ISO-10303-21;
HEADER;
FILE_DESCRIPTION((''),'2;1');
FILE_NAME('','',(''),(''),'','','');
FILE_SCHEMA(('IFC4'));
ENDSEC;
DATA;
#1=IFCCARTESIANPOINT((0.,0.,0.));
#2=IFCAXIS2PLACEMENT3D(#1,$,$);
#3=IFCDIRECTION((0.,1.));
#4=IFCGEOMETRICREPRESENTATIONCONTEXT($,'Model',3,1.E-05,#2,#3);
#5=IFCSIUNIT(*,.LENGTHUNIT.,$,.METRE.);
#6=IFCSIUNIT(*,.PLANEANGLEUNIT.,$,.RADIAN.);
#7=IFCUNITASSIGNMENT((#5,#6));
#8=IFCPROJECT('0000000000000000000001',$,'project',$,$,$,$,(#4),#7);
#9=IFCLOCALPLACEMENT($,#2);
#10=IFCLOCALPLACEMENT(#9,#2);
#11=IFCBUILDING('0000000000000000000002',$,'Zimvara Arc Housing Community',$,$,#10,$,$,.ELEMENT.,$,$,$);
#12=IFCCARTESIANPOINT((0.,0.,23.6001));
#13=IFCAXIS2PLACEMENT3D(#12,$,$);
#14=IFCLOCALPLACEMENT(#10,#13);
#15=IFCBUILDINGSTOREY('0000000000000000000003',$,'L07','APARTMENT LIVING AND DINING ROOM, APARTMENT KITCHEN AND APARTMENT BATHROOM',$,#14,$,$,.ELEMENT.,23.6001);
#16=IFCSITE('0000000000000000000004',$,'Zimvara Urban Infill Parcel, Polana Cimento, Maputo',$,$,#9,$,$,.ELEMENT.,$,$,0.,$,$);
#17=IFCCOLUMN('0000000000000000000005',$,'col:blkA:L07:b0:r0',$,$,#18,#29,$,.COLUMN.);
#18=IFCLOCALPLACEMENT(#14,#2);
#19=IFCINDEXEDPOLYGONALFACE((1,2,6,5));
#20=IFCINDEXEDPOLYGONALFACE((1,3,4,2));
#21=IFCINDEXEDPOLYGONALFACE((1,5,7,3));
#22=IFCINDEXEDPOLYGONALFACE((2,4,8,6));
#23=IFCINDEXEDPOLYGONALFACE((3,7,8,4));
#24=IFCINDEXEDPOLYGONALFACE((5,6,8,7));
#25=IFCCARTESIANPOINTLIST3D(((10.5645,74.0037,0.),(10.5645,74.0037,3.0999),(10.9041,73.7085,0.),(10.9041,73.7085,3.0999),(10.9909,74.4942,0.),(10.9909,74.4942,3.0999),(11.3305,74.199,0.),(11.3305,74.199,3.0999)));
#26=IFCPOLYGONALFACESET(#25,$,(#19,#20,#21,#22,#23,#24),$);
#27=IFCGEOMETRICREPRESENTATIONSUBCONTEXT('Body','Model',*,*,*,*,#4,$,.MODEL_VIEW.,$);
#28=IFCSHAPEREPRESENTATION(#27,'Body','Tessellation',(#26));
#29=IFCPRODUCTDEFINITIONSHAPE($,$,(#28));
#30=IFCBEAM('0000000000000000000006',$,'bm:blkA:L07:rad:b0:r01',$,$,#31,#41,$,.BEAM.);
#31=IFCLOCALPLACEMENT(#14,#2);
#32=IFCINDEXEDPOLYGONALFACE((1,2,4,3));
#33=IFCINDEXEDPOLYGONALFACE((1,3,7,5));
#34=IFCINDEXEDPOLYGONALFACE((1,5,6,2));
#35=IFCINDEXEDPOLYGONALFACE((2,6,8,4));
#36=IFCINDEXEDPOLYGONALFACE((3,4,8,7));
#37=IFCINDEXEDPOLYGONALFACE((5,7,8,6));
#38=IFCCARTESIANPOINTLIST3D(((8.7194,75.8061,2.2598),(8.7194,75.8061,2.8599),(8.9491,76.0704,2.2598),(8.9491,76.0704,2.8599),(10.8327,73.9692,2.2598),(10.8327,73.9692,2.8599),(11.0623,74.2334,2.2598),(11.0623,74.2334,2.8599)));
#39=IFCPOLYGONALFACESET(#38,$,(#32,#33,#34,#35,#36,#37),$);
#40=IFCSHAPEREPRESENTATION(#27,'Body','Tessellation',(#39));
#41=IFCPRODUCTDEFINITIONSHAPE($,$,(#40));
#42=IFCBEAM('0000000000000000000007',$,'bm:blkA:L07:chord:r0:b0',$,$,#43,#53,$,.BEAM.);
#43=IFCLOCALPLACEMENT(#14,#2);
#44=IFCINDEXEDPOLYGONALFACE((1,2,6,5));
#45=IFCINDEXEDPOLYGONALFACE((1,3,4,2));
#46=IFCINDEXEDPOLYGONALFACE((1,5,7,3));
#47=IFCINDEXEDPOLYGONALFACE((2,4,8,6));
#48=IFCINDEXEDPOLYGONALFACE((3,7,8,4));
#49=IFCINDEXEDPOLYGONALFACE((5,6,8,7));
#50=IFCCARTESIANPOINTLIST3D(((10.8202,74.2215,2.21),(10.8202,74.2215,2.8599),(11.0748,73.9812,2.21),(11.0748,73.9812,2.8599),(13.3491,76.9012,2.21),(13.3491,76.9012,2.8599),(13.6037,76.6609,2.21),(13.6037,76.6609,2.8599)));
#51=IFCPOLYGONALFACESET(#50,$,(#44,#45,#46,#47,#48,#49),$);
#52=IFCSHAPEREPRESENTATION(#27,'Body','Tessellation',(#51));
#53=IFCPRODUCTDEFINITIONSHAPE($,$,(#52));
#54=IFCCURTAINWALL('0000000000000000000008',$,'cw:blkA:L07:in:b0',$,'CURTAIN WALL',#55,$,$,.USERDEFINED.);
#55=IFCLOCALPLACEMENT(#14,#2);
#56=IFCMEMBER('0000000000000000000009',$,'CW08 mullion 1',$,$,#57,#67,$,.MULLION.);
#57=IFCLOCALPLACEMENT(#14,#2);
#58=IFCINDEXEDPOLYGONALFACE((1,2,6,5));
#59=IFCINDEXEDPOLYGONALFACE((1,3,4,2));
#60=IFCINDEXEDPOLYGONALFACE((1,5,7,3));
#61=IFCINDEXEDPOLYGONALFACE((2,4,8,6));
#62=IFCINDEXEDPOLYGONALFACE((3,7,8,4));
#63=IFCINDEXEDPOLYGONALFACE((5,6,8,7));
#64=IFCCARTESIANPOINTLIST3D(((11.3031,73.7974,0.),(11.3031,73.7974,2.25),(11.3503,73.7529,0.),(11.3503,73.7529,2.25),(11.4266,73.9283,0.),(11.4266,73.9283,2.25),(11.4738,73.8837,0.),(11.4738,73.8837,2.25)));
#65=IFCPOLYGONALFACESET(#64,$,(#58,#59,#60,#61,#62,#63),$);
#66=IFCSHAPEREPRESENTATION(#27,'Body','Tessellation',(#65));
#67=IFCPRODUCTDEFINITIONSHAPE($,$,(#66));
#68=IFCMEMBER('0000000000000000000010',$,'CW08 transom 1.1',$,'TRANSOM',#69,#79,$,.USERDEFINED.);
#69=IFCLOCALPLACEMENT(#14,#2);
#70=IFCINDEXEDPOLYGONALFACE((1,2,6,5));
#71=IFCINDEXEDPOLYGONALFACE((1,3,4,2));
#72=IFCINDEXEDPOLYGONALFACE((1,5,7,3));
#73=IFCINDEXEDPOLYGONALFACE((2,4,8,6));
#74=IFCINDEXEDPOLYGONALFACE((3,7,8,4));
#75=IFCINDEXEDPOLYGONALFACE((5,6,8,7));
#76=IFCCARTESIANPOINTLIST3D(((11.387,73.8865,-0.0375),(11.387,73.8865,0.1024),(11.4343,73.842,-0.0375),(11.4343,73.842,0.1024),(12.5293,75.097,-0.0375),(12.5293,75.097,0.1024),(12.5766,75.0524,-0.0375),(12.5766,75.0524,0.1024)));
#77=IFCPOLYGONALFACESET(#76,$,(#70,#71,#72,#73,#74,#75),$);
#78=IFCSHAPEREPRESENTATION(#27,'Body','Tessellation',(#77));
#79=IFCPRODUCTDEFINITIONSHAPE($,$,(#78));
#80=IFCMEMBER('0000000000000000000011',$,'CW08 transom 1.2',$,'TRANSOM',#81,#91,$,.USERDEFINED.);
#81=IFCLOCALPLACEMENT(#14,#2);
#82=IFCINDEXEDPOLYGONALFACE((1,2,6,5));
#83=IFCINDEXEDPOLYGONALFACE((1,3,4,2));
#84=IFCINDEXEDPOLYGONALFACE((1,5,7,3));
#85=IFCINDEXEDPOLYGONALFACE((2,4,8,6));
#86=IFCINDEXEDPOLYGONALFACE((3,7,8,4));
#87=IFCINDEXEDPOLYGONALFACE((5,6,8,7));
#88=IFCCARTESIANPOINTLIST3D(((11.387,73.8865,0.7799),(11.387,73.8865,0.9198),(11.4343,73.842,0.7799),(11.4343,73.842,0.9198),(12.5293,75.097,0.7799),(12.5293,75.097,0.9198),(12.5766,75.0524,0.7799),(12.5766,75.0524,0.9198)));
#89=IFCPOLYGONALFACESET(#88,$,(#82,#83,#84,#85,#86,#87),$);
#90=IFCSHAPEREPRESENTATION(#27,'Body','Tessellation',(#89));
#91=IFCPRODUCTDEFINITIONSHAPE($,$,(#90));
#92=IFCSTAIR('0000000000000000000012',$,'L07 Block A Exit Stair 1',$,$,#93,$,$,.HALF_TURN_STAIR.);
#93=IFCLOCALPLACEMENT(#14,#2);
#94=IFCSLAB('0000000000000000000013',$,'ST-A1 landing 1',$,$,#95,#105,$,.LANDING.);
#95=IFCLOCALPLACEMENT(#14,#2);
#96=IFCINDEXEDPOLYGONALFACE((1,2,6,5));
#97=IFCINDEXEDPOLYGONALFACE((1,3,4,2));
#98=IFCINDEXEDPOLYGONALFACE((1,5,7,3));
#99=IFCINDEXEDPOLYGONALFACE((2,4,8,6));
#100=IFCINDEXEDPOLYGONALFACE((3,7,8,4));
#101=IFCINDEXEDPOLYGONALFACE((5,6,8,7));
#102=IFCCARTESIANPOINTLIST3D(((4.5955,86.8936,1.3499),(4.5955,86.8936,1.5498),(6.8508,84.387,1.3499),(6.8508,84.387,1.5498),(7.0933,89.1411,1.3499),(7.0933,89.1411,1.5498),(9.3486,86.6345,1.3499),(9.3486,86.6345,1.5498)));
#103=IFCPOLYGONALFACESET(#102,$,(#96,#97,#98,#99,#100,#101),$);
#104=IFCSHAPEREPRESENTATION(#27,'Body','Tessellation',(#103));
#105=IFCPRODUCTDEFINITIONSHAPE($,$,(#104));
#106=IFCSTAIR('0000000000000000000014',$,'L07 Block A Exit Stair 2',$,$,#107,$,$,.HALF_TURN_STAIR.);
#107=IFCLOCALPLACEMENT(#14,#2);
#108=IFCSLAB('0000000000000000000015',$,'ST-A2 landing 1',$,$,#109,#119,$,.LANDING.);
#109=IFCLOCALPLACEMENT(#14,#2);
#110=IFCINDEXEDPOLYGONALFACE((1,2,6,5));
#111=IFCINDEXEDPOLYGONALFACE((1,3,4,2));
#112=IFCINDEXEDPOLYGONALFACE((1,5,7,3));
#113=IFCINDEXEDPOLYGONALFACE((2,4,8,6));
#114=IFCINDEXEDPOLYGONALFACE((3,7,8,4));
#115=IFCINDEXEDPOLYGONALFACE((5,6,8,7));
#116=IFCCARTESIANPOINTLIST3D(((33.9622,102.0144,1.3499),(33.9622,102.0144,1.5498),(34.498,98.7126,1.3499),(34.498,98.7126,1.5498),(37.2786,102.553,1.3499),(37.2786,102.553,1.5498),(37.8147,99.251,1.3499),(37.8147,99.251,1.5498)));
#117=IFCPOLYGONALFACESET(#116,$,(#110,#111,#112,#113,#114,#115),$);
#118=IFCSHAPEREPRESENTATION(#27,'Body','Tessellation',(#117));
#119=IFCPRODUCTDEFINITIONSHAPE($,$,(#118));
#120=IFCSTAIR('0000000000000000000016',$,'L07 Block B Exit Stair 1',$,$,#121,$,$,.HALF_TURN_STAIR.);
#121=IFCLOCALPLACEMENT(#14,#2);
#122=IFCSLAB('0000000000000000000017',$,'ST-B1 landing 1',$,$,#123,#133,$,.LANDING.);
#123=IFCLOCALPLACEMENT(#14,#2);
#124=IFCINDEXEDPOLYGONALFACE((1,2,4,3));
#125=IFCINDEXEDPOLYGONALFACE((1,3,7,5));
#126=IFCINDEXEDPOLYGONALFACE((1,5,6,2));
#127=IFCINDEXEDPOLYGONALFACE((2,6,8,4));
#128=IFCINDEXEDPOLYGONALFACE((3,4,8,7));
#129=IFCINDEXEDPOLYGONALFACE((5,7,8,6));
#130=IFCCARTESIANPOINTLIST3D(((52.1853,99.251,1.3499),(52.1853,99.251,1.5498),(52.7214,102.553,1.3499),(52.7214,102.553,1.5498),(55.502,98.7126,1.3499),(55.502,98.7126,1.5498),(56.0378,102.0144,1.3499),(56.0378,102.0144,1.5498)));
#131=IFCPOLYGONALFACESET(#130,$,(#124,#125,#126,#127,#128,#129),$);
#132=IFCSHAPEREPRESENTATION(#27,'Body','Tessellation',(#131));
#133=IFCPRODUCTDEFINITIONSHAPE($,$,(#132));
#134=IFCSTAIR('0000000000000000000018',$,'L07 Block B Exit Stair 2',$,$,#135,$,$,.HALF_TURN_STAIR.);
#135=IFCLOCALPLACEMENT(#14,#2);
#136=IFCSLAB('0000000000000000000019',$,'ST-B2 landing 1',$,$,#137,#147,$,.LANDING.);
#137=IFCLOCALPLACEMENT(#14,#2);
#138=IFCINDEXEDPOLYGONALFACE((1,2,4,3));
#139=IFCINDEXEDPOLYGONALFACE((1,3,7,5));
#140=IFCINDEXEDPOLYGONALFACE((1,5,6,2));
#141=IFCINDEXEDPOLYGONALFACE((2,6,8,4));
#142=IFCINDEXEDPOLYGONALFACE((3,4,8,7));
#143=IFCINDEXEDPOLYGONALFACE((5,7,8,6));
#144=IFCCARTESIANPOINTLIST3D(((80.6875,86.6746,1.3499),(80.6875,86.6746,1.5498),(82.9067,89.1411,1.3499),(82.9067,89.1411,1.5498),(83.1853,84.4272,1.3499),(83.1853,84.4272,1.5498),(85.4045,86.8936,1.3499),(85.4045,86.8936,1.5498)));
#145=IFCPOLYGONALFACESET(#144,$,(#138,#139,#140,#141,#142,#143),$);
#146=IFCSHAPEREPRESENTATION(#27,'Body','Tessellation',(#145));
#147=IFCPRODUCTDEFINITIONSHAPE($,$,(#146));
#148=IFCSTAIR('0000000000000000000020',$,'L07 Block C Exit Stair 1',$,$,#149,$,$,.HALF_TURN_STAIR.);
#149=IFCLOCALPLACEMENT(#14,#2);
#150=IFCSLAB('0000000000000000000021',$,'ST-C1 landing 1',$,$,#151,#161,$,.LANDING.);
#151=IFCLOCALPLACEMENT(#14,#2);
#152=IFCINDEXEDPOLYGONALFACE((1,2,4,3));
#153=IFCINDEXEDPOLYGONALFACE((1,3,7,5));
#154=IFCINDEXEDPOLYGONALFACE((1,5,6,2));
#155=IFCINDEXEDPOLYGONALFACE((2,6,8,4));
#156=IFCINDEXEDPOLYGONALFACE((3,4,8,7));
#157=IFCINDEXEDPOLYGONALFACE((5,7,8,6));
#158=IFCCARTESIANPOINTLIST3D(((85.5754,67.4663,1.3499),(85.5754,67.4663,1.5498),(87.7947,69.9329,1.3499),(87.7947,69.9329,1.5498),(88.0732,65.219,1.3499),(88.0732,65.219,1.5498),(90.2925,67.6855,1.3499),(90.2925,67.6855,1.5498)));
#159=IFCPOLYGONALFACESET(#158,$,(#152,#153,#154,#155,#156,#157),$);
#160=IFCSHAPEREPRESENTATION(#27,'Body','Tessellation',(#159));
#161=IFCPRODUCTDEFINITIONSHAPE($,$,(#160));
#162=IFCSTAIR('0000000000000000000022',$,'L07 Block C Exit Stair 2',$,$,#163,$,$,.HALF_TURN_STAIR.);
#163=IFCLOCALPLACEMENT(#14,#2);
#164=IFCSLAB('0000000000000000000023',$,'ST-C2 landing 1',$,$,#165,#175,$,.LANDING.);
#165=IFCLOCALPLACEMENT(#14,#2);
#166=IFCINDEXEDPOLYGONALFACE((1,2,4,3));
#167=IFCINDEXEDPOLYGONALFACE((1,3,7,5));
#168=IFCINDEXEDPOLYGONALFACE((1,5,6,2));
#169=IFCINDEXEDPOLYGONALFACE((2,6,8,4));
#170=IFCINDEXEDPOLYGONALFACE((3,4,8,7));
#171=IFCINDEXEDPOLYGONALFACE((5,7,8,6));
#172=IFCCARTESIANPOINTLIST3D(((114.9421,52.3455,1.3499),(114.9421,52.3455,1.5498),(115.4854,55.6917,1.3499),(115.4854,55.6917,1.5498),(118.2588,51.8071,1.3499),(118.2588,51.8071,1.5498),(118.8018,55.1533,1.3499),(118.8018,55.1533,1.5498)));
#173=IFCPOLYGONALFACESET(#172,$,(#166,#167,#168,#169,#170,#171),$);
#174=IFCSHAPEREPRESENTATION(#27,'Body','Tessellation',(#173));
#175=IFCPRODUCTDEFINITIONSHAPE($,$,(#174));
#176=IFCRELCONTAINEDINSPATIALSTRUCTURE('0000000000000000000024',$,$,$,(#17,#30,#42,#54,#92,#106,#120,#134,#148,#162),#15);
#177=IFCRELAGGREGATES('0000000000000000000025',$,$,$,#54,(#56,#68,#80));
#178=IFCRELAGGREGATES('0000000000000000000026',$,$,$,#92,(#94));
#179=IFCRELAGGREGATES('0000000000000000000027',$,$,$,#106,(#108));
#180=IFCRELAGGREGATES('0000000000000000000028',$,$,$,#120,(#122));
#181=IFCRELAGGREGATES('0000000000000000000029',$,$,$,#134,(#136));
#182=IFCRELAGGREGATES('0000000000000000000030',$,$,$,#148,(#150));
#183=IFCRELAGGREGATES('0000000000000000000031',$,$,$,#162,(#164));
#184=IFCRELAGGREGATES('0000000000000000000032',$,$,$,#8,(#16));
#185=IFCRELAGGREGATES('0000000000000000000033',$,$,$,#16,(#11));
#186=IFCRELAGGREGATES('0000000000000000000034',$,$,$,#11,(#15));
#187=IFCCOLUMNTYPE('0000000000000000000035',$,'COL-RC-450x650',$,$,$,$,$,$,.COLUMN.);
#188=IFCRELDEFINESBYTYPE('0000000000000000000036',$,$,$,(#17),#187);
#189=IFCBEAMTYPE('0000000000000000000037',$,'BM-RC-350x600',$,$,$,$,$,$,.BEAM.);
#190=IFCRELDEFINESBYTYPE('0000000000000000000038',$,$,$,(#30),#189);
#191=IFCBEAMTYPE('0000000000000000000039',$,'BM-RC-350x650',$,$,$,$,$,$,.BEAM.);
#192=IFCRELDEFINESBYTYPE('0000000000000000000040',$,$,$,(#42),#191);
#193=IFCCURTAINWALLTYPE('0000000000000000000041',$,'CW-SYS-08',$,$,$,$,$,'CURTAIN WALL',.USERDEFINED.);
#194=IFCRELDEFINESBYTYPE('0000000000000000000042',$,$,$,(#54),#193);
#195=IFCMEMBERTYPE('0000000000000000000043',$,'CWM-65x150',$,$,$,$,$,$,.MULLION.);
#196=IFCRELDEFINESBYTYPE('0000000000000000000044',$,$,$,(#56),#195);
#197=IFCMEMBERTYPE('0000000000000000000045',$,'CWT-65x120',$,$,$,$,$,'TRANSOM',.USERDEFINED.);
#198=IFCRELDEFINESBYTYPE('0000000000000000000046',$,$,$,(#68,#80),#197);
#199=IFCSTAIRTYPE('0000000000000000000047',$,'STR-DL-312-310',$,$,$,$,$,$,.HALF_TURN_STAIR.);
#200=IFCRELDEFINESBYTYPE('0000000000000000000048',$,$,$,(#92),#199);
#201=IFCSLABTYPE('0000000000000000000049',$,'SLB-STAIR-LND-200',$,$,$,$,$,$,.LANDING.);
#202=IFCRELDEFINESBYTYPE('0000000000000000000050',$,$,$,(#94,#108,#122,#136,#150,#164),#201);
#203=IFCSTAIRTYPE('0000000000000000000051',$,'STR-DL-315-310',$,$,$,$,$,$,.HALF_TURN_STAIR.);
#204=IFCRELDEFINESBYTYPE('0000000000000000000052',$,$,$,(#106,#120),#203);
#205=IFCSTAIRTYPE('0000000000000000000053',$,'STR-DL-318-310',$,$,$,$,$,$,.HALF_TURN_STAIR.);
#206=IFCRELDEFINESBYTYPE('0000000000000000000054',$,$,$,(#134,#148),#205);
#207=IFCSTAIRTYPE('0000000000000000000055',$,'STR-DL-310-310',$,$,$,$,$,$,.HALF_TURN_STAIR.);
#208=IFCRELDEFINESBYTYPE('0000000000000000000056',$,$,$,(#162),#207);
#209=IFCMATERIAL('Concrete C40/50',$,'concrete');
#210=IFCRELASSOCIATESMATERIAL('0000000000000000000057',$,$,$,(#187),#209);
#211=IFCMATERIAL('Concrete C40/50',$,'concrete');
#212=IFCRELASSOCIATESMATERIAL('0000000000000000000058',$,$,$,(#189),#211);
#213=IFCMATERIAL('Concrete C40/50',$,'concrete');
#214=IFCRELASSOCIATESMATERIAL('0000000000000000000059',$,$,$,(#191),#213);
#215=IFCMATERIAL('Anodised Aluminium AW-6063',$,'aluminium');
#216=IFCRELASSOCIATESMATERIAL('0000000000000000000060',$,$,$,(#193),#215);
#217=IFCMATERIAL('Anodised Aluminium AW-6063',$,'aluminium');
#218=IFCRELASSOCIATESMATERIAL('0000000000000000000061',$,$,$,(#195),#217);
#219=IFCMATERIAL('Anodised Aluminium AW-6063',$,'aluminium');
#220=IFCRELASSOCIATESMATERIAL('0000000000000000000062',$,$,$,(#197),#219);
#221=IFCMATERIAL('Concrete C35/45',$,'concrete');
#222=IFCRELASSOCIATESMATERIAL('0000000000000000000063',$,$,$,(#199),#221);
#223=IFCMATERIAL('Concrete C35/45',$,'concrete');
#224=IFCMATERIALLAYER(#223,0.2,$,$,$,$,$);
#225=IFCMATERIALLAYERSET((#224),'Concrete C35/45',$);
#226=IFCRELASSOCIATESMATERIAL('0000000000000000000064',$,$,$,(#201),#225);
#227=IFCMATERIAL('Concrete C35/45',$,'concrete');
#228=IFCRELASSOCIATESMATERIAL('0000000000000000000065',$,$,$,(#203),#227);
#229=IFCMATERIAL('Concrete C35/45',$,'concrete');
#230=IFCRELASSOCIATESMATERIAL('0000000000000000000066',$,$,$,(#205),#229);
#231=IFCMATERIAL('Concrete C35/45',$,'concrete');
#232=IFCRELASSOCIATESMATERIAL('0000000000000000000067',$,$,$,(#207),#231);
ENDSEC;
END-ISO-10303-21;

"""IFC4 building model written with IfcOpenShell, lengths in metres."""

from ifc_helpers import new_model, si_unit, direction, frame, origin, origin_2d, place, context, subcontext, project, spatial, polyline, rectangle, outline, extrude, material, layer, layer_set, material_profile, profile_set, type_object, element, aggregate, save


model = new_model("IFC4")

# Units and contexts
model_context = context("Model", 3, precision=1e-05, world=origin(), true_north=direction((0.0, 1.0)))
body_context = subcontext(model_context, "Body", "Model", "MODEL_VIEW")
ifc_project = project(units=[si_unit("LENGTHUNIT", "METRE"), si_unit("PLANEANGLEUNIT", "RADIAN")], contexts=[model_context])

# Site, building, storey
site_placement = place(None, origin())
site = spatial("IfcSite", under=ifc_project, at=site_placement, Name="Zimvara Urban Infill Parcel, Polana Cimento, Maputo", CompositionType="ELEMENT", RefElevation=0.0)
building_placement = place(site_placement, origin())
building = spatial("IfcBuilding", under=site, at=building_placement, Name="Zimvara Arc Housing Community", CompositionType="ELEMENT")
storey_placement = place(building_placement, frame((0.0, 0.0, 23.6001)))
storey = spatial("IfcBuildingStorey", under=building, at=storey_placement, Name="L07", Description="APARTMENT LIVING AND DINING ROOM, APARTMENT KITCHEN AND APARTMENT BATHROOM", CompositionType="ELEMENT", Elevation=23.6001)

# Column
ifc_material_1 = material(Name="Concrete C40/50", Category="concrete")
ifc_material_profile_1 = material_profile(ifc_material_1, rectangle(XDim=0.45, YDim=0.6499, at=origin_2d()), Name="RC 450x650")
ifc_profile_set_1 = profile_set([ifc_material_profile_1], Name="Concrete C40/50")
column_type = type_object("IfcColumnType", Name="COL-RC-450x650", PredefinedType="COLUMN", material=ifc_profile_set_1)
column_placement = place(storey_placement, frame((10.9475, 74.1013, 0.0), z_axis=(0.0, 0.0, 1.0), x_axis=(-0.75471, 0.656059, 0.0)))
element("IfcColumn", 1, at=column_placement, inside=storey, type_object=column_type, Name="col:blkA:L07:b0:r0", PredefinedType="COLUMN", context=body_context, shape_type="SweptSolid", body=[
    extrude(rectangle(XDim=0.45, YDim=0.6499, at=origin_2d()), origin(), (0.0, 0.0, 1.0), 3.0999),
])

# Beams
ifc_material_2 = material(Name="Concrete C40/50", Category="concrete")
ifc_material_profile_2 = material_profile(ifc_material_2, rectangle(XDim=0.3501, YDim=0.6001, at=origin_2d()), Name="RC 350x600")
ifc_profile_set_2 = profile_set([ifc_material_profile_2], Name="Concrete C40/50")
beam_type_1 = type_object("IfcBeamType", Name="BM-RC-350x600", PredefinedType="BEAM", material=ifc_profile_set_2)
beam_1_placement = place(storey_placement, frame((10.9475, 74.1013, 2.5598), z_axis=(-0.754733, 0.656032, 0.0), x_axis=(-0.656032, -0.754733, 0.0)))
element("IfcBeam", 2, at=beam_1_placement, inside=storey, type_object=beam_type_1, Name="bm:blkA:L07:rad:b0:r01", PredefinedType="BEAM", context=body_context, shape_type="SweptSolid", body=[
    extrude(rectangle(XDim=0.3501, YDim=0.6001, at=origin_2d()), origin(), (0.0, 0.0, 1.0), 2.8),
])
ifc_material_3 = material(Name="Concrete C40/50", Category="concrete")
ifc_material_profile_3 = material_profile(ifc_material_3, rectangle(XDim=0.3501, YDim=0.6499, at=origin_2d()), Name="RC 350x650")
ifc_profile_set_3 = profile_set([ifc_material_profile_3], Name="Concrete C40/50")
beam_type_2 = type_object("IfcBeamType", Name="BM-RC-350x650", PredefinedType="BEAM", material=ifc_profile_set_3)
beam_2_placement = place(storey_placement, frame((10.9475, 74.1013, 2.5349), z_axis=(0.686336, 0.727285, 0.0), x_axis=(-0.727285, 0.686336, 0.0)))
element("IfcBeam", 3, at=beam_2_placement, inside=storey, type_object=beam_type_2, Name="bm:blkA:L07:chord:r0:b0", PredefinedType="BEAM", context=body_context, shape_type="SweptSolid", body=[
    extrude(rectangle(XDim=0.3501, YDim=0.6499, at=origin_2d()), origin(), (0.0, 0.0, 1.0), 3.6846),
])

# Curtain wall, members
ifc_material_4 = material(Name="Anodised Aluminium AW-6063", Category="aluminium")
curtain_wall_type = type_object("IfcCurtainWallType", Name="CW-SYS-08", ElementType="CURTAIN WALL", PredefinedType="USERDEFINED", material=ifc_material_4)
curtain_wall_placement = place(storey_placement, origin())
curtain_wall = element("IfcCurtainWall", 4, at=curtain_wall_placement, inside=storey, type_object=curtain_wall_type, Name="cw:blkA:L07:in:b0", ObjectType="CURTAIN WALL", PredefinedType="USERDEFINED")
ifc_material_5 = material(Name="Anodised Aluminium AW-6063", Category="aluminium")
ifc_material_profile_4 = material_profile(ifc_material_5, rectangle(XDim=0.0649, YDim=0.1799, at=origin_2d()), Name="ALU 65x180")
ifc_profile_set_4 = profile_set([ifc_material_profile_4], Name="Anodised Aluminium AW-6063")
member_type_1 = type_object("IfcMemberType", Name="CWM-65x150", PredefinedType="MULLION", material=ifc_profile_set_4)
member_1_placement = place(storey_placement, frame((11.3884, 73.8406, 0.0), z_axis=(0.0, 0.0, 1.0), x_axis=(-0.727293, 0.686327, 0.0)))
member_1 = element("IfcMember", 5, at=member_1_placement, type_object=member_type_1, Name="CW08 mullion 1", PredefinedType="MULLION", context=body_context, shape_type="SweptSolid", body=[
    extrude(rectangle(XDim=0.0649, YDim=0.1799, at=origin_2d()), origin(), (0.0, 0.0, 1.0), 2.25),
])
ifc_material_6 = material(Name="Anodised Aluminium AW-6063", Category="aluminium")
ifc_material_profile_5 = material_profile(ifc_material_6, rectangle(XDim=0.0649, YDim=0.1399, at=origin_2d()), Name="ALU 65x140")
ifc_profile_set_5 = profile_set([ifc_material_profile_5], Name="Anodised Aluminium AW-6063")
member_type_2 = type_object("IfcMemberType", Name="CWT-65x120", ElementType="TRANSOM", PredefinedType="USERDEFINED", material=ifc_profile_set_5)
member_2_placement = place(storey_placement, frame((11.4106, 73.8643, 0.0325), z_axis=(0.686348, 0.727273, 0.0), x_axis=(-0.727273, 0.686348, 0.0)))
member_2 = element("IfcMember", 6, at=member_2_placement, type_object=member_type_2, Name="CW08 transom 1.1", ObjectType="TRANSOM", PredefinedType="USERDEFINED", context=body_context, shape_type="SweptSolid", body=[
    extrude(rectangle(XDim=0.0649, YDim=0.1399, at=origin_2d()), origin(), (0.0, 0.0, 1.0), 1.6643),
])
member_3_placement = place(storey_placement, frame((11.4106, 73.8643, 0.8499), z_axis=(0.686348, 0.727273, 0.0), x_axis=(-0.727273, 0.686348, 0.0)))
member_3 = element("IfcMember", 7, at=member_3_placement, type_object=member_type_2, Name="CW08 transom 1.2", ObjectType="TRANSOM", PredefinedType="USERDEFINED", context=body_context, shape_type="SweptSolid", body=[
    extrude(rectangle(XDim=0.0649, YDim=0.1399, at=origin_2d()), origin(), (0.0, 0.0, 1.0), 1.6643),
])
aggregate(curtain_wall, [member_1, member_2, member_3])

# Stairs, slabs
ifc_material_7 = material(Name="Concrete C35/45", Category="concrete")
stair_type_1 = type_object("IfcStairType", Name="STR-DL-312-310", PredefinedType="HALF_TURN_STAIR", material=ifc_material_7)
stair_1_placement = place(storey_placement, origin())
stair_1 = element("IfcStair", 8, at=stair_1_placement, inside=storey, type_object=stair_type_1, Name="L07 Block A Exit Stair 1", PredefinedType="HALF_TURN_STAIR")
ifc_material_8 = material(Name="Concrete C35/45", Category="concrete")
ifc_layer_1 = layer(ifc_material_8, 0.2)
ifc_layer_set_1 = layer_set([ifc_layer_1], Name="Concrete C35/45")
slab_type_1 = type_object("IfcSlabType", Name="SLB-STAIR-LND-200", PredefinedType="LANDING", material=ifc_layer_set_1)
slab_1_placement = place(storey_placement, frame((0.0, 0.0, 1.3499)))
slab_1 = element("IfcSlab", 9, at=slab_1_placement, type_object=slab_type_1, Name="ST-A1 landing 1", PredefinedType="LANDING", context=body_context, shape_type="SweptSolid", body=[
    extrude(outline(polyline([(9.3486, 86.6345), (7.0933, 89.1411), (4.5955, 86.8936), (6.8508, 84.387), (9.3486, 86.6345)])), origin(), (0.0, 0.0, 1.0), 0.2),
])
aggregate(stair_1, [slab_1])
ifc_material_9 = material(Name="Concrete C35/45", Category="concrete")
stair_type_2 = type_object("IfcStairType", Name="STR-DL-315-310", PredefinedType="HALF_TURN_STAIR", material=ifc_material_9)
stair_2_placement = place(storey_placement, origin())
stair_2 = element("IfcStair", 10, at=stair_2_placement, inside=storey, type_object=stair_type_2, Name="L07 Block A Exit Stair 2", PredefinedType="HALF_TURN_STAIR")
slab_2_placement = place(storey_placement, frame((0.0, 0.0, 1.3499)))
slab_2 = element("IfcSlab", 11, at=slab_2_placement, type_object=slab_type_1, Name="ST-A2 landing 1", PredefinedType="LANDING", context=body_context, shape_type="SweptSolid", body=[
    extrude(outline(polyline([(37.8147, 99.251), (37.2786, 102.553), (33.9622, 102.0144), (34.498, 98.7126), (37.8147, 99.251)])), origin(), (0.0, 0.0, 1.0), 0.2),
])
aggregate(stair_2, [slab_2])
stair_3_placement = place(storey_placement, origin())
stair_3 = element("IfcStair", 12, at=stair_3_placement, inside=storey, type_object=stair_type_2, Name="L07 Block B Exit Stair 1", PredefinedType="HALF_TURN_STAIR")
slab_3_placement = place(storey_placement, frame((0.0, 0.0, 1.3499)))
slab_3 = element("IfcSlab", 13, at=slab_3_placement, type_object=slab_type_1, Name="ST-B1 landing 1", PredefinedType="LANDING", context=body_context, shape_type="SweptSolid", body=[
    extrude(outline(polyline([(55.502, 98.7126), (56.0378, 102.0144), (52.7214, 102.553), (52.1853, 99.251), (55.502, 98.7126)])), origin(), (0.0, 0.0, 1.0), 0.2),
])
aggregate(stair_3, [slab_3])
ifc_material_10 = material(Name="Concrete C35/45", Category="concrete")
stair_type_3 = type_object("IfcStairType", Name="STR-DL-318-310", PredefinedType="HALF_TURN_STAIR", material=ifc_material_10)
stair_4_placement = place(storey_placement, origin())
stair_4 = element("IfcStair", 14, at=stair_4_placement, inside=storey, type_object=stair_type_3, Name="L07 Block B Exit Stair 2", PredefinedType="HALF_TURN_STAIR")
slab_4_placement = place(storey_placement, frame((0.0, 0.0, 1.3499)))
slab_4 = element("IfcSlab", 15, at=slab_4_placement, type_object=slab_type_1, Name="ST-B2 landing 1", PredefinedType="LANDING", context=body_context, shape_type="SweptSolid", body=[
    extrude(outline(polyline([(83.1853, 84.4272), (85.4045, 86.8936), (82.9067, 89.1411), (80.6875, 86.6746), (83.1853, 84.4272)])), origin(), (0.0, 0.0, 1.0), 0.2),
])
aggregate(stair_4, [slab_4])
stair_5_placement = place(storey_placement, origin())
stair_5 = element("IfcStair", 16, at=stair_5_placement, inside=storey, type_object=stair_type_3, Name="L07 Block C Exit Stair 1", PredefinedType="HALF_TURN_STAIR")
slab_5_placement = place(storey_placement, frame((0.0, 0.0, 1.3499)))
slab_5 = element("IfcSlab", 17, at=slab_5_placement, type_object=slab_type_1, Name="ST-C1 landing 1", PredefinedType="LANDING", context=body_context, shape_type="SweptSolid", body=[
    extrude(outline(polyline([(87.7947, 69.9329), (85.5754, 67.4663), (88.0732, 65.219), (90.2925, 67.6855), (87.7947, 69.9329)])), origin(), (0.0, 0.0, 1.0), 0.2),
])
aggregate(stair_5, [slab_5])
ifc_material_11 = material(Name="Concrete C35/45", Category="concrete")
stair_type_4 = type_object("IfcStairType", Name="STR-DL-310-310", PredefinedType="HALF_TURN_STAIR", material=ifc_material_11)
stair_6_placement = place(storey_placement, origin())
stair_6 = element("IfcStair", 18, at=stair_6_placement, inside=storey, type_object=stair_type_4, Name="L07 Block C Exit Stair 2", PredefinedType="HALF_TURN_STAIR")
slab_6_placement = place(storey_placement, frame((0.0, 0.0, 1.3499)))
slab_6 = element("IfcSlab", 19, at=slab_6_placement, type_object=slab_type_1, Name="ST-C2 landing 1", PredefinedType="LANDING", context=body_context, shape_type="SweptSolid", body=[
    extrude(outline(polyline([(115.4854, 55.6917), (114.9421, 52.3455), (118.2588, 51.8071), (118.8018, 55.1533), (115.4854, 55.6917)])), origin(), (0.0, 0.0, 1.0), 0.2),
])
aggregate(stair_6, [slab_6])

save(model, "model.ifc")
